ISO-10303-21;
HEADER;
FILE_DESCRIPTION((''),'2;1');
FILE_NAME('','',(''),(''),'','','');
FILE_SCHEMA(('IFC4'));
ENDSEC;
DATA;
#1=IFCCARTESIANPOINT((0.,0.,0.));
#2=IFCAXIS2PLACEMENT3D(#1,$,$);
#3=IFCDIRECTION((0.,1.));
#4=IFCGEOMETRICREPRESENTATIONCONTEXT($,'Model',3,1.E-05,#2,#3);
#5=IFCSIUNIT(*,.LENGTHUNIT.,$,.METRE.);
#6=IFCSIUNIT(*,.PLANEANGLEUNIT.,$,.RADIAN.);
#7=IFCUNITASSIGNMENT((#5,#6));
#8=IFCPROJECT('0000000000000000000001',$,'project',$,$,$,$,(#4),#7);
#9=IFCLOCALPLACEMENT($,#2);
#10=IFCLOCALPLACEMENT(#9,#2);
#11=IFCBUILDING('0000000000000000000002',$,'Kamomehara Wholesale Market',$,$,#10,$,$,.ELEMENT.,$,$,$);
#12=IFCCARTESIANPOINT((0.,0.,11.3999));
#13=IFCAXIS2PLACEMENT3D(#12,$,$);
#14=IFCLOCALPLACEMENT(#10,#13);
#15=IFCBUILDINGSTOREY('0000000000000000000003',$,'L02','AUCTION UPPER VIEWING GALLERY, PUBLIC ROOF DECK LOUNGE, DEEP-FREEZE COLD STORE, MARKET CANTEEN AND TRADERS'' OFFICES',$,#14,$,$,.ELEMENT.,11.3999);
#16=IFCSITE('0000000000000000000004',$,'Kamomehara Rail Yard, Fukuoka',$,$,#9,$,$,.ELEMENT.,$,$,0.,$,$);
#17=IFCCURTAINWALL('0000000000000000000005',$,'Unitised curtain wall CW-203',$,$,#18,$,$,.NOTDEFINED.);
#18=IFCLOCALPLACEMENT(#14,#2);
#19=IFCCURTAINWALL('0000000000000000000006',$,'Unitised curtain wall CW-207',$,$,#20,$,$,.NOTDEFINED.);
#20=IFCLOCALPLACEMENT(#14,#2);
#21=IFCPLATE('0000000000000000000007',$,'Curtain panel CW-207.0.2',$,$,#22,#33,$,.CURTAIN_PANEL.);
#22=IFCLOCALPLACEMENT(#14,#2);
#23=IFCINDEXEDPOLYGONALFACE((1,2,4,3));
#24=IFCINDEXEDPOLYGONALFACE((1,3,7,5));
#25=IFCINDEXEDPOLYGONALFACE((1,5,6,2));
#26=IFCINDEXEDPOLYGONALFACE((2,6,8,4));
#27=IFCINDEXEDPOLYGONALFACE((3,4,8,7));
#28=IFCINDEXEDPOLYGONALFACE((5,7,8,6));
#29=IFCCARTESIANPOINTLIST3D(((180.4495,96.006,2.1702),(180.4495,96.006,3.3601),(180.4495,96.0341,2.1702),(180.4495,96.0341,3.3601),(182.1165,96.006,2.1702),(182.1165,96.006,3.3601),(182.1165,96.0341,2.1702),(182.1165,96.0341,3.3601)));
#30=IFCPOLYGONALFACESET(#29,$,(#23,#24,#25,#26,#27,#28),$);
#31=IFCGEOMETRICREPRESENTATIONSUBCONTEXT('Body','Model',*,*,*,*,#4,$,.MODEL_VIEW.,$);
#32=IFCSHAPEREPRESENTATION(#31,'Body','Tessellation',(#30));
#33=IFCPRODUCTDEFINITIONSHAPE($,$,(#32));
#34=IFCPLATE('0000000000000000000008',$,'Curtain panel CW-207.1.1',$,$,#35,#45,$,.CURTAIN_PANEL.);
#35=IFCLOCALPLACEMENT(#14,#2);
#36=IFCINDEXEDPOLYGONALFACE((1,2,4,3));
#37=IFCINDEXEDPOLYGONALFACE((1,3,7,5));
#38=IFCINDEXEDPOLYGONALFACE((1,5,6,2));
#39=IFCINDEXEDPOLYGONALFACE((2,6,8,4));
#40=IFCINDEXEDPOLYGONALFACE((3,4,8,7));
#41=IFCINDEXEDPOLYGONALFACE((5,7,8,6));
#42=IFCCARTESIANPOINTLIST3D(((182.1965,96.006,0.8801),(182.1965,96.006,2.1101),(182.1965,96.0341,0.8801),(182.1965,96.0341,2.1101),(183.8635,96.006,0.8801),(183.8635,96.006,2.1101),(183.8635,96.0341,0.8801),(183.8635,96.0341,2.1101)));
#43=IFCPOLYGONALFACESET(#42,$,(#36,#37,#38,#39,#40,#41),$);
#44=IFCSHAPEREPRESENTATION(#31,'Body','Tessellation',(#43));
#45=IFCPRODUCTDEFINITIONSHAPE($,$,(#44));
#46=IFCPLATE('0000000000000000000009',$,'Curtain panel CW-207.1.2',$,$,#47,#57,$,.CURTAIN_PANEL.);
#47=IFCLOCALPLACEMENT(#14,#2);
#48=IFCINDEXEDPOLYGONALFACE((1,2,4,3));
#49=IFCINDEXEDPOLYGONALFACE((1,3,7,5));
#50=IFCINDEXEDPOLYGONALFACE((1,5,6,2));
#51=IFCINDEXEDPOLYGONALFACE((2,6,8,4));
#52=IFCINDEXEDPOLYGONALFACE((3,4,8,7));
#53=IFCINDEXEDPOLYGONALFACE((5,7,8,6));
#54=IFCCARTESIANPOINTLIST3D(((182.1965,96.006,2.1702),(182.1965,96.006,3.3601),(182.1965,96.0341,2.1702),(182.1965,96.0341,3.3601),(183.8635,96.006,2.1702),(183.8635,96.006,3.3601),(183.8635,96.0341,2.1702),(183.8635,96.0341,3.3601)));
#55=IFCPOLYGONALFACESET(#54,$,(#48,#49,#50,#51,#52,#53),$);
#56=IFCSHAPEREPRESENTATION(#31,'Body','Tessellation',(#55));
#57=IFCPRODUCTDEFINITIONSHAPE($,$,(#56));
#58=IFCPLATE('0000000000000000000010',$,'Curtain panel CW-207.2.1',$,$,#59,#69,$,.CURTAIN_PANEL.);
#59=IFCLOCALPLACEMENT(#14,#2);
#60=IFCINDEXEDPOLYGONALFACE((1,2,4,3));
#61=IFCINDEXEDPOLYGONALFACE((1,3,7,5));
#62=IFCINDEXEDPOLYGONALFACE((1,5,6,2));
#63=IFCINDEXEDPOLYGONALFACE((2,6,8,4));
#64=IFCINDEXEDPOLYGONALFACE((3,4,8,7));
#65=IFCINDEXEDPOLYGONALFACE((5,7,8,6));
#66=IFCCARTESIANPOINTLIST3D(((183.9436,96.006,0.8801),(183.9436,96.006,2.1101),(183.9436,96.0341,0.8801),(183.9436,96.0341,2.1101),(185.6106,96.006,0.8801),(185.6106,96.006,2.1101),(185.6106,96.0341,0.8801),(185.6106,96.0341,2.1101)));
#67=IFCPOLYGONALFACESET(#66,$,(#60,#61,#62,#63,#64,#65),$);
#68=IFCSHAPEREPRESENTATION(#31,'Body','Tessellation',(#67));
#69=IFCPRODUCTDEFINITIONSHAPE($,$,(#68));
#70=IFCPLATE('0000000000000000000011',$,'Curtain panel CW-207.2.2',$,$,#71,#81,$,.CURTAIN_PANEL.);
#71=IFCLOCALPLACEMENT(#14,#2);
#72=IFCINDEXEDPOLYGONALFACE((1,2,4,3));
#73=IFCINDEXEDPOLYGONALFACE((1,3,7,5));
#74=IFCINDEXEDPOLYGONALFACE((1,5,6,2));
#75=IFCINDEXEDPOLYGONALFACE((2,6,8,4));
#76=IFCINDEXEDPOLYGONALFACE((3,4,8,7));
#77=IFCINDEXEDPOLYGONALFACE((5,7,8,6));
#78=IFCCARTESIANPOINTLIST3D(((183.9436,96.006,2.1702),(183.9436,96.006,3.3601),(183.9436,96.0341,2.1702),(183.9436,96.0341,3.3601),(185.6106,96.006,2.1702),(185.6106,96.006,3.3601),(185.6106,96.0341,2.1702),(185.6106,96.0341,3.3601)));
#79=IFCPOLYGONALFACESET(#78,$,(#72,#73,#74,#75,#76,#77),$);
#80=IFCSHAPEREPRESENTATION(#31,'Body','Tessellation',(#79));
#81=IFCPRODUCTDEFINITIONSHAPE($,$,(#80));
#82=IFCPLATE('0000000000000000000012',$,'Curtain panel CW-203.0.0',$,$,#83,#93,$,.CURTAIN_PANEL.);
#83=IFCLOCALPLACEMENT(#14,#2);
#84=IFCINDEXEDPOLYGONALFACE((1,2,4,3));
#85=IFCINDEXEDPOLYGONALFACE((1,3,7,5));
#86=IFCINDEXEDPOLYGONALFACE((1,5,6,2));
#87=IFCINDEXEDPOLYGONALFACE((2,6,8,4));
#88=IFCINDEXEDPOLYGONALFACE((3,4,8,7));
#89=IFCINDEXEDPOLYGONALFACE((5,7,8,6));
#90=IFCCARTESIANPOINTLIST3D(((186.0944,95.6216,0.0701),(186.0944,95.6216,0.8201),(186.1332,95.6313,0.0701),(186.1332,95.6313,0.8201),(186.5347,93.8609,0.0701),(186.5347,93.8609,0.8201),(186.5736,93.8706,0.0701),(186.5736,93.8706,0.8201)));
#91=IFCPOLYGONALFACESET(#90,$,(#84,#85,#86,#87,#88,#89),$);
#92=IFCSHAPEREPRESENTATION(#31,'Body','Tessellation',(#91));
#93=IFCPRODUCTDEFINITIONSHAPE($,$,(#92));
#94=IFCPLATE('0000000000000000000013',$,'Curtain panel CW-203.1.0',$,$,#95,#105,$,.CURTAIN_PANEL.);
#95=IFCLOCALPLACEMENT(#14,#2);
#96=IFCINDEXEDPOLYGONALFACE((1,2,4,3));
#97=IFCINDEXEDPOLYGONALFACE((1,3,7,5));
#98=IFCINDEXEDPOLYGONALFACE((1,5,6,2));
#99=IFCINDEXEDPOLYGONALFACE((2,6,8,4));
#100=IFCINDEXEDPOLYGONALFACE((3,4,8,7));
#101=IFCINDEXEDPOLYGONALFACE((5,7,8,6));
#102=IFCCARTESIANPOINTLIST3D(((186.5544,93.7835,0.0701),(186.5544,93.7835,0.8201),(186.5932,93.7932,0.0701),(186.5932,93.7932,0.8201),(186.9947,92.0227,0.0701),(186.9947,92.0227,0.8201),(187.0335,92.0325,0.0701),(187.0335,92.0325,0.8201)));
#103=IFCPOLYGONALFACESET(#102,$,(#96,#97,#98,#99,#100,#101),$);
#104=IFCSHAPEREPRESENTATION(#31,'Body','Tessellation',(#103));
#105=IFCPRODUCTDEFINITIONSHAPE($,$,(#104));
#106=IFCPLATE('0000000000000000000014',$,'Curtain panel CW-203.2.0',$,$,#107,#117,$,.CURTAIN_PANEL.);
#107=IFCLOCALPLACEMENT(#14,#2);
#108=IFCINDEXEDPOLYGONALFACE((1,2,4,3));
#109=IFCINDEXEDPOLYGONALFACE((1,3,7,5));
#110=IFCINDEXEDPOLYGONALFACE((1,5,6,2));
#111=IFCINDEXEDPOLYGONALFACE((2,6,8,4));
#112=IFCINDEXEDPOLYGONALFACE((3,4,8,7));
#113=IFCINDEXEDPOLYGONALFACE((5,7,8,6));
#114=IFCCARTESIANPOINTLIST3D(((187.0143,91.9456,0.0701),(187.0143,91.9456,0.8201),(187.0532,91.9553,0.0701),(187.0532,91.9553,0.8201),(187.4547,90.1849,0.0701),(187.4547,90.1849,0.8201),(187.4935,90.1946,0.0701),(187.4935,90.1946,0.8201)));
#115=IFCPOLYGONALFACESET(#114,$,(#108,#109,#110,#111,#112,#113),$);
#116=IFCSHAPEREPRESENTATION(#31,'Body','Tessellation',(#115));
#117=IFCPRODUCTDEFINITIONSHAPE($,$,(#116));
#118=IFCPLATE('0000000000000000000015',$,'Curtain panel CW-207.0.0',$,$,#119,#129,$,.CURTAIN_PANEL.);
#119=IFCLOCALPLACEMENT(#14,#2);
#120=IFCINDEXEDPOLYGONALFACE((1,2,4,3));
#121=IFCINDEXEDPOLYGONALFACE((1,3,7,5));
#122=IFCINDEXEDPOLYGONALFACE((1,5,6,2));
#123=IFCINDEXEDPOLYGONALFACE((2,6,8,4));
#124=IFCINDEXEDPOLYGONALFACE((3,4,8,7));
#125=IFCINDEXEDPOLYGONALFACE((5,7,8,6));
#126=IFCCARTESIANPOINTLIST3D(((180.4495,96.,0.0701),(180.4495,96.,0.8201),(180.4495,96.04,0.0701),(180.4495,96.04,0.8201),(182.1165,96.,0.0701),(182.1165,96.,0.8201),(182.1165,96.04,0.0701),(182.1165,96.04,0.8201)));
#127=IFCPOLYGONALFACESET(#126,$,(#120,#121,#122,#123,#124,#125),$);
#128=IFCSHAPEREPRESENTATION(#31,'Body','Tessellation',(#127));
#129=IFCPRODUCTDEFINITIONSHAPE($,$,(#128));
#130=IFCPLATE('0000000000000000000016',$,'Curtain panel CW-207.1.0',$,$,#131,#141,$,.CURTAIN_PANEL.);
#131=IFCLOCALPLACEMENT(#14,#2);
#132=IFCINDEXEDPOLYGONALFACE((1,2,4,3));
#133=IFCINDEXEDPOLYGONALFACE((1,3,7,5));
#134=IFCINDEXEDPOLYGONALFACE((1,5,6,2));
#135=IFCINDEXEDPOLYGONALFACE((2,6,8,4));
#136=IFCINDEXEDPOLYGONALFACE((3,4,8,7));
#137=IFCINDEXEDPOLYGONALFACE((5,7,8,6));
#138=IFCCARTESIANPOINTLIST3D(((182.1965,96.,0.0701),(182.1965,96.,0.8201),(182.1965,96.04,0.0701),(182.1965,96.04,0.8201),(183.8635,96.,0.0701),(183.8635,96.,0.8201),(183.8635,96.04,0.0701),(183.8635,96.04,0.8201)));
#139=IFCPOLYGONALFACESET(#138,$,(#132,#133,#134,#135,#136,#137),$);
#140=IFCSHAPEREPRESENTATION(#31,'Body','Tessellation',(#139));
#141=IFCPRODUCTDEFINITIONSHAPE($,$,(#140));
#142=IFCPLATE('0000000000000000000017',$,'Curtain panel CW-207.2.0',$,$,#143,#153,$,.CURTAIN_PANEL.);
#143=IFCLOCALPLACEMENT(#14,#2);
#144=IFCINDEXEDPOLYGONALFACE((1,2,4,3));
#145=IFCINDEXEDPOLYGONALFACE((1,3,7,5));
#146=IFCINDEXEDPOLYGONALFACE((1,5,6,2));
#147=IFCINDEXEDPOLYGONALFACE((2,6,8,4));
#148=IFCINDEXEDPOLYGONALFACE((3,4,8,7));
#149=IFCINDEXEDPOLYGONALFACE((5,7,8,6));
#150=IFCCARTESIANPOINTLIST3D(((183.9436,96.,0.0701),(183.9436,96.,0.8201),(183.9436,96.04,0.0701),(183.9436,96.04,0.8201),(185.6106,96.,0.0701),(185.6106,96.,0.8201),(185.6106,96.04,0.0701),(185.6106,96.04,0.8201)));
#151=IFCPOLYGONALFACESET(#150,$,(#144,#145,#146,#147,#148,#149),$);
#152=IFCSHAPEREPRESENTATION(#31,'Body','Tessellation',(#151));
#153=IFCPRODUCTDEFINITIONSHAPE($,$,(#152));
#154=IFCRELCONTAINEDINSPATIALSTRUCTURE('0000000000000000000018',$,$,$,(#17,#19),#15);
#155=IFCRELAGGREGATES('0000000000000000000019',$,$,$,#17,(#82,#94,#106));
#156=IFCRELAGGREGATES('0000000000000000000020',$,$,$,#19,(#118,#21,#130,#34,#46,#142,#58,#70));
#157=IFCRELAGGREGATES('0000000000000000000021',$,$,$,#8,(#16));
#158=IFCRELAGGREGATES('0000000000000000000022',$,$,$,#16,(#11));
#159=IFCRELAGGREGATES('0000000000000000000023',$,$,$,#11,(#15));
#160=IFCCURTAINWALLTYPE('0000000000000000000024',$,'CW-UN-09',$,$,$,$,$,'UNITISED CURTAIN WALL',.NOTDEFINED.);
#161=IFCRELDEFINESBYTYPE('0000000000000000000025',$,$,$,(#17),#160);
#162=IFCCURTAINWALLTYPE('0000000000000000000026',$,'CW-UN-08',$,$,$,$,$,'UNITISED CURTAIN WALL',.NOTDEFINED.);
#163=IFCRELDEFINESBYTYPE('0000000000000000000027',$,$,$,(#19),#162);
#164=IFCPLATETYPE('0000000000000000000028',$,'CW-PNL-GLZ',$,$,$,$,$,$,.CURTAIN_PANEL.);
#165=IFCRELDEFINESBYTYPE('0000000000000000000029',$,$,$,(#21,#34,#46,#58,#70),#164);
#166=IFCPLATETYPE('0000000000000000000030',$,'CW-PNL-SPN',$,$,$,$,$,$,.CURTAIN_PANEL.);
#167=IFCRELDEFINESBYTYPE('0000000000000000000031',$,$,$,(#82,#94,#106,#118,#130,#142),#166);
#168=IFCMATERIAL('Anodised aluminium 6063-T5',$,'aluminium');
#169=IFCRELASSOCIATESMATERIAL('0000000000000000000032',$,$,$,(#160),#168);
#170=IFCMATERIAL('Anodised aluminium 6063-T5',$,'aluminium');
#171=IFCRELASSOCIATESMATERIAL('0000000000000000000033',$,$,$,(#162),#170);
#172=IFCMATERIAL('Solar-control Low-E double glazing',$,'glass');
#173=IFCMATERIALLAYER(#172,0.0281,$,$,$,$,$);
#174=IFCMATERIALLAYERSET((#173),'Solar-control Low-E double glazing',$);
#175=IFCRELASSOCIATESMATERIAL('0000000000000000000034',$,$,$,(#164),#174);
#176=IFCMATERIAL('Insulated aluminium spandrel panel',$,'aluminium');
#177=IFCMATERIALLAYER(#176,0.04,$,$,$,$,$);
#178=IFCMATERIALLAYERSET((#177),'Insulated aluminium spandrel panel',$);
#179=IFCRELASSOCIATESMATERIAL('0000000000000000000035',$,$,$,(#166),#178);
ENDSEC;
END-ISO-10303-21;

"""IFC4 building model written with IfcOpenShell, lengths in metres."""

from ifc_helpers import new_model, si_unit, direction, frame, origin, origin_2d, place, context, subcontext, project, spatial, rectangle, extrude, material, layer, layer_set, type_object, element, aggregate, save


model = new_model("IFC4")

# Units and contexts
model_context = context("Model", 3, precision=1e-05, world=origin(), true_north=direction((0.0, 1.0)))
body_context = subcontext(model_context, "Body", "Model", "MODEL_VIEW")
ifc_project = project(units=[si_unit("LENGTHUNIT", "METRE"), si_unit("PLANEANGLEUNIT", "RADIAN")], contexts=[model_context])

# Site, building, storey
site_placement = place(None, origin())
site = spatial("IfcSite", under=ifc_project, at=site_placement, Name="Kamomehara Rail Yard, Fukuoka", CompositionType="ELEMENT", RefElevation=0.0)
building_placement = place(site_placement, origin())
building = spatial("IfcBuilding", under=site, at=building_placement, Name="Kamomehara Wholesale Market", CompositionType="ELEMENT")
storey_placement = place(building_placement, frame((0.0, 0.0, 11.3999)))
storey = spatial("IfcBuildingStorey", under=building, at=storey_placement, Name="L02", Description="AUCTION UPPER VIEWING GALLERY, PUBLIC ROOF DECK LOUNGE, DEEP-FREEZE COLD STORE, MARKET CANTEEN AND TRADERS' OFFICES", CompositionType="ELEMENT", Elevation=11.3999)

# Curtain walls
ifc_material_1 = material(Name="Anodised aluminium 6063-T5", Category="aluminium")
curtain_wall_type_1 = type_object("IfcCurtainWallType", Name="CW-UN-09", ElementType="UNITISED CURTAIN WALL", PredefinedType="NOTDEFINED", material=ifc_material_1)
curtain_wall_1_placement = place(storey_placement, origin())
curtain_wall_1 = element("IfcCurtainWall", 1, at=curtain_wall_1_placement, inside=storey, type_object=curtain_wall_type_1, Name="Unitised curtain wall CW-203", PredefinedType="NOTDEFINED")
ifc_material_2 = material(Name="Anodised aluminium 6063-T5", Category="aluminium")
curtain_wall_type_2 = type_object("IfcCurtainWallType", Name="CW-UN-08", ElementType="UNITISED CURTAIN WALL", PredefinedType="NOTDEFINED", material=ifc_material_2)
curtain_wall_2_placement = place(storey_placement, origin())
curtain_wall_2 = element("IfcCurtainWall", 2, at=curtain_wall_2_placement, inside=storey, type_object=curtain_wall_type_2, Name="Unitised curtain wall CW-207", PredefinedType="NOTDEFINED")

# Plates
ifc_material_3 = material(Name="Solar-control Low-E double glazing", Category="glass")
ifc_layer_1 = layer(ifc_material_3, 0.0281)
ifc_layer_set_1 = layer_set([ifc_layer_1], Name="Solar-control Low-E double glazing")
plate_type_1 = type_object("IfcPlateType", Name="CW-PNL-GLZ", PredefinedType="CURTAIN_PANEL", material=ifc_layer_set_1)
plate_1_placement = place(storey_placement, frame((181.283, 96.02, 2.1702), z_axis=(0.0, 0.0, 1.0), x_axis=(1.0, 0.0, 0.0)))
plate_1 = element("IfcPlate", 3, at=plate_1_placement, type_object=plate_type_1, Name="Curtain panel CW-207.0.2", PredefinedType="CURTAIN_PANEL", context=body_context, shape_type="SweptSolid", body=[
    extrude(rectangle(XDim=1.667, YDim=0.0281, at=origin_2d()), origin(), (0.0, 0.0, 1.0), 1.1899),
])
plate_2_placement = place(storey_placement, frame((183.03, 96.02, 0.8801), z_axis=(0.0, 0.0, 1.0), x_axis=(1.0, 0.0, 0.0)))
plate_2 = element("IfcPlate", 4, at=plate_2_placement, type_object=plate_type_1, Name="Curtain panel CW-207.1.1", PredefinedType="CURTAIN_PANEL", context=body_context, shape_type="SweptSolid", body=[
    extrude(rectangle(XDim=1.667, YDim=0.0281, at=origin_2d()), origin(), (0.0, 0.0, 1.0), 1.23),
])
plate_3_placement = place(storey_placement, frame((183.03, 96.02, 2.1702), z_axis=(0.0, 0.0, 1.0), x_axis=(1.0, 0.0, 0.0)))
plate_3 = element("IfcPlate", 5, at=plate_3_placement, type_object=plate_type_1, Name="Curtain panel CW-207.1.2", PredefinedType="CURTAIN_PANEL", context=body_context, shape_type="SweptSolid", body=[
    extrude(rectangle(XDim=1.667, YDim=0.0281, at=origin_2d()), origin(), (0.0, 0.0, 1.0), 1.1899),
])
plate_4_placement = place(storey_placement, frame((184.7771, 96.02, 0.8801), z_axis=(0.0, 0.0, 1.0), x_axis=(1.0, 0.0, 0.0)))
plate_4 = element("IfcPlate", 6, at=plate_4_placement, type_object=plate_type_1, Name="Curtain panel CW-207.2.1", PredefinedType="CURTAIN_PANEL", context=body_context, shape_type="SweptSolid", body=[
    extrude(rectangle(XDim=1.667, YDim=0.0281, at=origin_2d()), origin(), (0.0, 0.0, 1.0), 1.23),
])
plate_5_placement = place(storey_placement, frame((184.7771, 96.02, 2.1702), z_axis=(0.0, 0.0, 1.0), x_axis=(1.0, 0.0, 0.0)))
plate_5 = element("IfcPlate", 7, at=plate_5_placement, type_object=plate_type_1, Name="Curtain panel CW-207.2.2", PredefinedType="CURTAIN_PANEL", context=body_context, shape_type="SweptSolid", body=[
    extrude(rectangle(XDim=1.667, YDim=0.0281, at=origin_2d()), origin(), (0.0, 0.0, 1.0), 1.1899),
])
ifc_material_4 = material(Name="Insulated aluminium spandrel panel", Category="aluminium")
ifc_layer_2 = layer(ifc_material_4, 0.04)
ifc_layer_set_2 = layer_set([ifc_layer_2], Name="Insulated aluminium spandrel panel")
plate_type_2 = type_object("IfcPlateType", Name="CW-PNL-SPN", PredefinedType="CURTAIN_PANEL", material=ifc_layer_set_2)
plate_6_placement = place(storey_placement, frame((186.334, 94.7461, 0.0701), z_axis=(0.0, 0.0, 1.0), x_axis=(0.242616, -0.970122, 0.0)))
plate_6 = element("IfcPlate", 8, at=plate_6_placement, type_object=plate_type_2, Name="Curtain panel CW-203.0.0", PredefinedType="CURTAIN_PANEL", context=body_context, shape_type="SweptSolid", body=[
    extrude(rectangle(XDim=1.8149, YDim=0.04, at=origin_2d()), origin(), (0.0, 0.0, 1.0), 0.75),
])
plate_7_placement = place(storey_placement, frame((186.7939, 92.908, 0.0701), z_axis=(0.0, 0.0, 1.0), x_axis=(0.242616, -0.970122, 0.0)))
plate_7 = element("IfcPlate", 9, at=plate_7_placement, type_object=plate_type_2, Name="Curtain panel CW-203.1.0", PredefinedType="CURTAIN_PANEL", context=body_context, shape_type="SweptSolid", body=[
    extrude(rectangle(XDim=1.8149, YDim=0.04, at=origin_2d()), origin(), (0.0, 0.0, 1.0), 0.75),
])
plate_8_placement = place(storey_placement, frame((187.2539, 91.0701, 0.0701), z_axis=(0.0, 0.0, 1.0), x_axis=(0.242616, -0.970122, 0.0)))
plate_8 = element("IfcPlate", 10, at=plate_8_placement, type_object=plate_type_2, Name="Curtain panel CW-203.2.0", PredefinedType="CURTAIN_PANEL", context=body_context, shape_type="SweptSolid", body=[
    extrude(rectangle(XDim=1.8149, YDim=0.04, at=origin_2d()), origin(), (0.0, 0.0, 1.0), 0.75),
])
aggregate(curtain_wall_1, [plate_6, plate_7, plate_8])
plate_9_placement = place(storey_placement, frame((181.283, 96.02, 0.0701), z_axis=(0.0, 0.0, 1.0), x_axis=(1.0, 0.0, 0.0)))
plate_9 = element("IfcPlate", 11, at=plate_9_placement, type_object=plate_type_2, Name="Curtain panel CW-207.0.0", PredefinedType="CURTAIN_PANEL", context=body_context, shape_type="SweptSolid", body=[
    extrude(rectangle(XDim=1.667, YDim=0.04, at=origin_2d()), origin(), (0.0, 0.0, 1.0), 0.75),
])
plate_10_placement = place(storey_placement, frame((183.03, 96.02, 0.0701), z_axis=(0.0, 0.0, 1.0), x_axis=(1.0, 0.0, 0.0)))
plate_10 = element("IfcPlate", 12, at=plate_10_placement, type_object=plate_type_2, Name="Curtain panel CW-207.1.0", PredefinedType="CURTAIN_PANEL", context=body_context, shape_type="SweptSolid", body=[
    extrude(rectangle(XDim=1.667, YDim=0.04, at=origin_2d()), origin(), (0.0, 0.0, 1.0), 0.75),
])
plate_11_placement = place(storey_placement, frame((184.7771, 96.02, 0.0701), z_axis=(0.0, 0.0, 1.0), x_axis=(1.0, 0.0, 0.0)))
plate_11 = element("IfcPlate", 13, at=plate_11_placement, type_object=plate_type_2, Name="Curtain panel CW-207.2.0", PredefinedType="CURTAIN_PANEL", context=body_context, shape_type="SweptSolid", body=[
    extrude(rectangle(XDim=1.667, YDim=0.04, at=origin_2d()), origin(), (0.0, 0.0, 1.0), 0.75),
])
aggregate(curtain_wall_2, [plate_9, plate_1, plate_10, plate_2, plate_3, plate_11, plate_4, plate_5])

save(model, "model.ifc")
